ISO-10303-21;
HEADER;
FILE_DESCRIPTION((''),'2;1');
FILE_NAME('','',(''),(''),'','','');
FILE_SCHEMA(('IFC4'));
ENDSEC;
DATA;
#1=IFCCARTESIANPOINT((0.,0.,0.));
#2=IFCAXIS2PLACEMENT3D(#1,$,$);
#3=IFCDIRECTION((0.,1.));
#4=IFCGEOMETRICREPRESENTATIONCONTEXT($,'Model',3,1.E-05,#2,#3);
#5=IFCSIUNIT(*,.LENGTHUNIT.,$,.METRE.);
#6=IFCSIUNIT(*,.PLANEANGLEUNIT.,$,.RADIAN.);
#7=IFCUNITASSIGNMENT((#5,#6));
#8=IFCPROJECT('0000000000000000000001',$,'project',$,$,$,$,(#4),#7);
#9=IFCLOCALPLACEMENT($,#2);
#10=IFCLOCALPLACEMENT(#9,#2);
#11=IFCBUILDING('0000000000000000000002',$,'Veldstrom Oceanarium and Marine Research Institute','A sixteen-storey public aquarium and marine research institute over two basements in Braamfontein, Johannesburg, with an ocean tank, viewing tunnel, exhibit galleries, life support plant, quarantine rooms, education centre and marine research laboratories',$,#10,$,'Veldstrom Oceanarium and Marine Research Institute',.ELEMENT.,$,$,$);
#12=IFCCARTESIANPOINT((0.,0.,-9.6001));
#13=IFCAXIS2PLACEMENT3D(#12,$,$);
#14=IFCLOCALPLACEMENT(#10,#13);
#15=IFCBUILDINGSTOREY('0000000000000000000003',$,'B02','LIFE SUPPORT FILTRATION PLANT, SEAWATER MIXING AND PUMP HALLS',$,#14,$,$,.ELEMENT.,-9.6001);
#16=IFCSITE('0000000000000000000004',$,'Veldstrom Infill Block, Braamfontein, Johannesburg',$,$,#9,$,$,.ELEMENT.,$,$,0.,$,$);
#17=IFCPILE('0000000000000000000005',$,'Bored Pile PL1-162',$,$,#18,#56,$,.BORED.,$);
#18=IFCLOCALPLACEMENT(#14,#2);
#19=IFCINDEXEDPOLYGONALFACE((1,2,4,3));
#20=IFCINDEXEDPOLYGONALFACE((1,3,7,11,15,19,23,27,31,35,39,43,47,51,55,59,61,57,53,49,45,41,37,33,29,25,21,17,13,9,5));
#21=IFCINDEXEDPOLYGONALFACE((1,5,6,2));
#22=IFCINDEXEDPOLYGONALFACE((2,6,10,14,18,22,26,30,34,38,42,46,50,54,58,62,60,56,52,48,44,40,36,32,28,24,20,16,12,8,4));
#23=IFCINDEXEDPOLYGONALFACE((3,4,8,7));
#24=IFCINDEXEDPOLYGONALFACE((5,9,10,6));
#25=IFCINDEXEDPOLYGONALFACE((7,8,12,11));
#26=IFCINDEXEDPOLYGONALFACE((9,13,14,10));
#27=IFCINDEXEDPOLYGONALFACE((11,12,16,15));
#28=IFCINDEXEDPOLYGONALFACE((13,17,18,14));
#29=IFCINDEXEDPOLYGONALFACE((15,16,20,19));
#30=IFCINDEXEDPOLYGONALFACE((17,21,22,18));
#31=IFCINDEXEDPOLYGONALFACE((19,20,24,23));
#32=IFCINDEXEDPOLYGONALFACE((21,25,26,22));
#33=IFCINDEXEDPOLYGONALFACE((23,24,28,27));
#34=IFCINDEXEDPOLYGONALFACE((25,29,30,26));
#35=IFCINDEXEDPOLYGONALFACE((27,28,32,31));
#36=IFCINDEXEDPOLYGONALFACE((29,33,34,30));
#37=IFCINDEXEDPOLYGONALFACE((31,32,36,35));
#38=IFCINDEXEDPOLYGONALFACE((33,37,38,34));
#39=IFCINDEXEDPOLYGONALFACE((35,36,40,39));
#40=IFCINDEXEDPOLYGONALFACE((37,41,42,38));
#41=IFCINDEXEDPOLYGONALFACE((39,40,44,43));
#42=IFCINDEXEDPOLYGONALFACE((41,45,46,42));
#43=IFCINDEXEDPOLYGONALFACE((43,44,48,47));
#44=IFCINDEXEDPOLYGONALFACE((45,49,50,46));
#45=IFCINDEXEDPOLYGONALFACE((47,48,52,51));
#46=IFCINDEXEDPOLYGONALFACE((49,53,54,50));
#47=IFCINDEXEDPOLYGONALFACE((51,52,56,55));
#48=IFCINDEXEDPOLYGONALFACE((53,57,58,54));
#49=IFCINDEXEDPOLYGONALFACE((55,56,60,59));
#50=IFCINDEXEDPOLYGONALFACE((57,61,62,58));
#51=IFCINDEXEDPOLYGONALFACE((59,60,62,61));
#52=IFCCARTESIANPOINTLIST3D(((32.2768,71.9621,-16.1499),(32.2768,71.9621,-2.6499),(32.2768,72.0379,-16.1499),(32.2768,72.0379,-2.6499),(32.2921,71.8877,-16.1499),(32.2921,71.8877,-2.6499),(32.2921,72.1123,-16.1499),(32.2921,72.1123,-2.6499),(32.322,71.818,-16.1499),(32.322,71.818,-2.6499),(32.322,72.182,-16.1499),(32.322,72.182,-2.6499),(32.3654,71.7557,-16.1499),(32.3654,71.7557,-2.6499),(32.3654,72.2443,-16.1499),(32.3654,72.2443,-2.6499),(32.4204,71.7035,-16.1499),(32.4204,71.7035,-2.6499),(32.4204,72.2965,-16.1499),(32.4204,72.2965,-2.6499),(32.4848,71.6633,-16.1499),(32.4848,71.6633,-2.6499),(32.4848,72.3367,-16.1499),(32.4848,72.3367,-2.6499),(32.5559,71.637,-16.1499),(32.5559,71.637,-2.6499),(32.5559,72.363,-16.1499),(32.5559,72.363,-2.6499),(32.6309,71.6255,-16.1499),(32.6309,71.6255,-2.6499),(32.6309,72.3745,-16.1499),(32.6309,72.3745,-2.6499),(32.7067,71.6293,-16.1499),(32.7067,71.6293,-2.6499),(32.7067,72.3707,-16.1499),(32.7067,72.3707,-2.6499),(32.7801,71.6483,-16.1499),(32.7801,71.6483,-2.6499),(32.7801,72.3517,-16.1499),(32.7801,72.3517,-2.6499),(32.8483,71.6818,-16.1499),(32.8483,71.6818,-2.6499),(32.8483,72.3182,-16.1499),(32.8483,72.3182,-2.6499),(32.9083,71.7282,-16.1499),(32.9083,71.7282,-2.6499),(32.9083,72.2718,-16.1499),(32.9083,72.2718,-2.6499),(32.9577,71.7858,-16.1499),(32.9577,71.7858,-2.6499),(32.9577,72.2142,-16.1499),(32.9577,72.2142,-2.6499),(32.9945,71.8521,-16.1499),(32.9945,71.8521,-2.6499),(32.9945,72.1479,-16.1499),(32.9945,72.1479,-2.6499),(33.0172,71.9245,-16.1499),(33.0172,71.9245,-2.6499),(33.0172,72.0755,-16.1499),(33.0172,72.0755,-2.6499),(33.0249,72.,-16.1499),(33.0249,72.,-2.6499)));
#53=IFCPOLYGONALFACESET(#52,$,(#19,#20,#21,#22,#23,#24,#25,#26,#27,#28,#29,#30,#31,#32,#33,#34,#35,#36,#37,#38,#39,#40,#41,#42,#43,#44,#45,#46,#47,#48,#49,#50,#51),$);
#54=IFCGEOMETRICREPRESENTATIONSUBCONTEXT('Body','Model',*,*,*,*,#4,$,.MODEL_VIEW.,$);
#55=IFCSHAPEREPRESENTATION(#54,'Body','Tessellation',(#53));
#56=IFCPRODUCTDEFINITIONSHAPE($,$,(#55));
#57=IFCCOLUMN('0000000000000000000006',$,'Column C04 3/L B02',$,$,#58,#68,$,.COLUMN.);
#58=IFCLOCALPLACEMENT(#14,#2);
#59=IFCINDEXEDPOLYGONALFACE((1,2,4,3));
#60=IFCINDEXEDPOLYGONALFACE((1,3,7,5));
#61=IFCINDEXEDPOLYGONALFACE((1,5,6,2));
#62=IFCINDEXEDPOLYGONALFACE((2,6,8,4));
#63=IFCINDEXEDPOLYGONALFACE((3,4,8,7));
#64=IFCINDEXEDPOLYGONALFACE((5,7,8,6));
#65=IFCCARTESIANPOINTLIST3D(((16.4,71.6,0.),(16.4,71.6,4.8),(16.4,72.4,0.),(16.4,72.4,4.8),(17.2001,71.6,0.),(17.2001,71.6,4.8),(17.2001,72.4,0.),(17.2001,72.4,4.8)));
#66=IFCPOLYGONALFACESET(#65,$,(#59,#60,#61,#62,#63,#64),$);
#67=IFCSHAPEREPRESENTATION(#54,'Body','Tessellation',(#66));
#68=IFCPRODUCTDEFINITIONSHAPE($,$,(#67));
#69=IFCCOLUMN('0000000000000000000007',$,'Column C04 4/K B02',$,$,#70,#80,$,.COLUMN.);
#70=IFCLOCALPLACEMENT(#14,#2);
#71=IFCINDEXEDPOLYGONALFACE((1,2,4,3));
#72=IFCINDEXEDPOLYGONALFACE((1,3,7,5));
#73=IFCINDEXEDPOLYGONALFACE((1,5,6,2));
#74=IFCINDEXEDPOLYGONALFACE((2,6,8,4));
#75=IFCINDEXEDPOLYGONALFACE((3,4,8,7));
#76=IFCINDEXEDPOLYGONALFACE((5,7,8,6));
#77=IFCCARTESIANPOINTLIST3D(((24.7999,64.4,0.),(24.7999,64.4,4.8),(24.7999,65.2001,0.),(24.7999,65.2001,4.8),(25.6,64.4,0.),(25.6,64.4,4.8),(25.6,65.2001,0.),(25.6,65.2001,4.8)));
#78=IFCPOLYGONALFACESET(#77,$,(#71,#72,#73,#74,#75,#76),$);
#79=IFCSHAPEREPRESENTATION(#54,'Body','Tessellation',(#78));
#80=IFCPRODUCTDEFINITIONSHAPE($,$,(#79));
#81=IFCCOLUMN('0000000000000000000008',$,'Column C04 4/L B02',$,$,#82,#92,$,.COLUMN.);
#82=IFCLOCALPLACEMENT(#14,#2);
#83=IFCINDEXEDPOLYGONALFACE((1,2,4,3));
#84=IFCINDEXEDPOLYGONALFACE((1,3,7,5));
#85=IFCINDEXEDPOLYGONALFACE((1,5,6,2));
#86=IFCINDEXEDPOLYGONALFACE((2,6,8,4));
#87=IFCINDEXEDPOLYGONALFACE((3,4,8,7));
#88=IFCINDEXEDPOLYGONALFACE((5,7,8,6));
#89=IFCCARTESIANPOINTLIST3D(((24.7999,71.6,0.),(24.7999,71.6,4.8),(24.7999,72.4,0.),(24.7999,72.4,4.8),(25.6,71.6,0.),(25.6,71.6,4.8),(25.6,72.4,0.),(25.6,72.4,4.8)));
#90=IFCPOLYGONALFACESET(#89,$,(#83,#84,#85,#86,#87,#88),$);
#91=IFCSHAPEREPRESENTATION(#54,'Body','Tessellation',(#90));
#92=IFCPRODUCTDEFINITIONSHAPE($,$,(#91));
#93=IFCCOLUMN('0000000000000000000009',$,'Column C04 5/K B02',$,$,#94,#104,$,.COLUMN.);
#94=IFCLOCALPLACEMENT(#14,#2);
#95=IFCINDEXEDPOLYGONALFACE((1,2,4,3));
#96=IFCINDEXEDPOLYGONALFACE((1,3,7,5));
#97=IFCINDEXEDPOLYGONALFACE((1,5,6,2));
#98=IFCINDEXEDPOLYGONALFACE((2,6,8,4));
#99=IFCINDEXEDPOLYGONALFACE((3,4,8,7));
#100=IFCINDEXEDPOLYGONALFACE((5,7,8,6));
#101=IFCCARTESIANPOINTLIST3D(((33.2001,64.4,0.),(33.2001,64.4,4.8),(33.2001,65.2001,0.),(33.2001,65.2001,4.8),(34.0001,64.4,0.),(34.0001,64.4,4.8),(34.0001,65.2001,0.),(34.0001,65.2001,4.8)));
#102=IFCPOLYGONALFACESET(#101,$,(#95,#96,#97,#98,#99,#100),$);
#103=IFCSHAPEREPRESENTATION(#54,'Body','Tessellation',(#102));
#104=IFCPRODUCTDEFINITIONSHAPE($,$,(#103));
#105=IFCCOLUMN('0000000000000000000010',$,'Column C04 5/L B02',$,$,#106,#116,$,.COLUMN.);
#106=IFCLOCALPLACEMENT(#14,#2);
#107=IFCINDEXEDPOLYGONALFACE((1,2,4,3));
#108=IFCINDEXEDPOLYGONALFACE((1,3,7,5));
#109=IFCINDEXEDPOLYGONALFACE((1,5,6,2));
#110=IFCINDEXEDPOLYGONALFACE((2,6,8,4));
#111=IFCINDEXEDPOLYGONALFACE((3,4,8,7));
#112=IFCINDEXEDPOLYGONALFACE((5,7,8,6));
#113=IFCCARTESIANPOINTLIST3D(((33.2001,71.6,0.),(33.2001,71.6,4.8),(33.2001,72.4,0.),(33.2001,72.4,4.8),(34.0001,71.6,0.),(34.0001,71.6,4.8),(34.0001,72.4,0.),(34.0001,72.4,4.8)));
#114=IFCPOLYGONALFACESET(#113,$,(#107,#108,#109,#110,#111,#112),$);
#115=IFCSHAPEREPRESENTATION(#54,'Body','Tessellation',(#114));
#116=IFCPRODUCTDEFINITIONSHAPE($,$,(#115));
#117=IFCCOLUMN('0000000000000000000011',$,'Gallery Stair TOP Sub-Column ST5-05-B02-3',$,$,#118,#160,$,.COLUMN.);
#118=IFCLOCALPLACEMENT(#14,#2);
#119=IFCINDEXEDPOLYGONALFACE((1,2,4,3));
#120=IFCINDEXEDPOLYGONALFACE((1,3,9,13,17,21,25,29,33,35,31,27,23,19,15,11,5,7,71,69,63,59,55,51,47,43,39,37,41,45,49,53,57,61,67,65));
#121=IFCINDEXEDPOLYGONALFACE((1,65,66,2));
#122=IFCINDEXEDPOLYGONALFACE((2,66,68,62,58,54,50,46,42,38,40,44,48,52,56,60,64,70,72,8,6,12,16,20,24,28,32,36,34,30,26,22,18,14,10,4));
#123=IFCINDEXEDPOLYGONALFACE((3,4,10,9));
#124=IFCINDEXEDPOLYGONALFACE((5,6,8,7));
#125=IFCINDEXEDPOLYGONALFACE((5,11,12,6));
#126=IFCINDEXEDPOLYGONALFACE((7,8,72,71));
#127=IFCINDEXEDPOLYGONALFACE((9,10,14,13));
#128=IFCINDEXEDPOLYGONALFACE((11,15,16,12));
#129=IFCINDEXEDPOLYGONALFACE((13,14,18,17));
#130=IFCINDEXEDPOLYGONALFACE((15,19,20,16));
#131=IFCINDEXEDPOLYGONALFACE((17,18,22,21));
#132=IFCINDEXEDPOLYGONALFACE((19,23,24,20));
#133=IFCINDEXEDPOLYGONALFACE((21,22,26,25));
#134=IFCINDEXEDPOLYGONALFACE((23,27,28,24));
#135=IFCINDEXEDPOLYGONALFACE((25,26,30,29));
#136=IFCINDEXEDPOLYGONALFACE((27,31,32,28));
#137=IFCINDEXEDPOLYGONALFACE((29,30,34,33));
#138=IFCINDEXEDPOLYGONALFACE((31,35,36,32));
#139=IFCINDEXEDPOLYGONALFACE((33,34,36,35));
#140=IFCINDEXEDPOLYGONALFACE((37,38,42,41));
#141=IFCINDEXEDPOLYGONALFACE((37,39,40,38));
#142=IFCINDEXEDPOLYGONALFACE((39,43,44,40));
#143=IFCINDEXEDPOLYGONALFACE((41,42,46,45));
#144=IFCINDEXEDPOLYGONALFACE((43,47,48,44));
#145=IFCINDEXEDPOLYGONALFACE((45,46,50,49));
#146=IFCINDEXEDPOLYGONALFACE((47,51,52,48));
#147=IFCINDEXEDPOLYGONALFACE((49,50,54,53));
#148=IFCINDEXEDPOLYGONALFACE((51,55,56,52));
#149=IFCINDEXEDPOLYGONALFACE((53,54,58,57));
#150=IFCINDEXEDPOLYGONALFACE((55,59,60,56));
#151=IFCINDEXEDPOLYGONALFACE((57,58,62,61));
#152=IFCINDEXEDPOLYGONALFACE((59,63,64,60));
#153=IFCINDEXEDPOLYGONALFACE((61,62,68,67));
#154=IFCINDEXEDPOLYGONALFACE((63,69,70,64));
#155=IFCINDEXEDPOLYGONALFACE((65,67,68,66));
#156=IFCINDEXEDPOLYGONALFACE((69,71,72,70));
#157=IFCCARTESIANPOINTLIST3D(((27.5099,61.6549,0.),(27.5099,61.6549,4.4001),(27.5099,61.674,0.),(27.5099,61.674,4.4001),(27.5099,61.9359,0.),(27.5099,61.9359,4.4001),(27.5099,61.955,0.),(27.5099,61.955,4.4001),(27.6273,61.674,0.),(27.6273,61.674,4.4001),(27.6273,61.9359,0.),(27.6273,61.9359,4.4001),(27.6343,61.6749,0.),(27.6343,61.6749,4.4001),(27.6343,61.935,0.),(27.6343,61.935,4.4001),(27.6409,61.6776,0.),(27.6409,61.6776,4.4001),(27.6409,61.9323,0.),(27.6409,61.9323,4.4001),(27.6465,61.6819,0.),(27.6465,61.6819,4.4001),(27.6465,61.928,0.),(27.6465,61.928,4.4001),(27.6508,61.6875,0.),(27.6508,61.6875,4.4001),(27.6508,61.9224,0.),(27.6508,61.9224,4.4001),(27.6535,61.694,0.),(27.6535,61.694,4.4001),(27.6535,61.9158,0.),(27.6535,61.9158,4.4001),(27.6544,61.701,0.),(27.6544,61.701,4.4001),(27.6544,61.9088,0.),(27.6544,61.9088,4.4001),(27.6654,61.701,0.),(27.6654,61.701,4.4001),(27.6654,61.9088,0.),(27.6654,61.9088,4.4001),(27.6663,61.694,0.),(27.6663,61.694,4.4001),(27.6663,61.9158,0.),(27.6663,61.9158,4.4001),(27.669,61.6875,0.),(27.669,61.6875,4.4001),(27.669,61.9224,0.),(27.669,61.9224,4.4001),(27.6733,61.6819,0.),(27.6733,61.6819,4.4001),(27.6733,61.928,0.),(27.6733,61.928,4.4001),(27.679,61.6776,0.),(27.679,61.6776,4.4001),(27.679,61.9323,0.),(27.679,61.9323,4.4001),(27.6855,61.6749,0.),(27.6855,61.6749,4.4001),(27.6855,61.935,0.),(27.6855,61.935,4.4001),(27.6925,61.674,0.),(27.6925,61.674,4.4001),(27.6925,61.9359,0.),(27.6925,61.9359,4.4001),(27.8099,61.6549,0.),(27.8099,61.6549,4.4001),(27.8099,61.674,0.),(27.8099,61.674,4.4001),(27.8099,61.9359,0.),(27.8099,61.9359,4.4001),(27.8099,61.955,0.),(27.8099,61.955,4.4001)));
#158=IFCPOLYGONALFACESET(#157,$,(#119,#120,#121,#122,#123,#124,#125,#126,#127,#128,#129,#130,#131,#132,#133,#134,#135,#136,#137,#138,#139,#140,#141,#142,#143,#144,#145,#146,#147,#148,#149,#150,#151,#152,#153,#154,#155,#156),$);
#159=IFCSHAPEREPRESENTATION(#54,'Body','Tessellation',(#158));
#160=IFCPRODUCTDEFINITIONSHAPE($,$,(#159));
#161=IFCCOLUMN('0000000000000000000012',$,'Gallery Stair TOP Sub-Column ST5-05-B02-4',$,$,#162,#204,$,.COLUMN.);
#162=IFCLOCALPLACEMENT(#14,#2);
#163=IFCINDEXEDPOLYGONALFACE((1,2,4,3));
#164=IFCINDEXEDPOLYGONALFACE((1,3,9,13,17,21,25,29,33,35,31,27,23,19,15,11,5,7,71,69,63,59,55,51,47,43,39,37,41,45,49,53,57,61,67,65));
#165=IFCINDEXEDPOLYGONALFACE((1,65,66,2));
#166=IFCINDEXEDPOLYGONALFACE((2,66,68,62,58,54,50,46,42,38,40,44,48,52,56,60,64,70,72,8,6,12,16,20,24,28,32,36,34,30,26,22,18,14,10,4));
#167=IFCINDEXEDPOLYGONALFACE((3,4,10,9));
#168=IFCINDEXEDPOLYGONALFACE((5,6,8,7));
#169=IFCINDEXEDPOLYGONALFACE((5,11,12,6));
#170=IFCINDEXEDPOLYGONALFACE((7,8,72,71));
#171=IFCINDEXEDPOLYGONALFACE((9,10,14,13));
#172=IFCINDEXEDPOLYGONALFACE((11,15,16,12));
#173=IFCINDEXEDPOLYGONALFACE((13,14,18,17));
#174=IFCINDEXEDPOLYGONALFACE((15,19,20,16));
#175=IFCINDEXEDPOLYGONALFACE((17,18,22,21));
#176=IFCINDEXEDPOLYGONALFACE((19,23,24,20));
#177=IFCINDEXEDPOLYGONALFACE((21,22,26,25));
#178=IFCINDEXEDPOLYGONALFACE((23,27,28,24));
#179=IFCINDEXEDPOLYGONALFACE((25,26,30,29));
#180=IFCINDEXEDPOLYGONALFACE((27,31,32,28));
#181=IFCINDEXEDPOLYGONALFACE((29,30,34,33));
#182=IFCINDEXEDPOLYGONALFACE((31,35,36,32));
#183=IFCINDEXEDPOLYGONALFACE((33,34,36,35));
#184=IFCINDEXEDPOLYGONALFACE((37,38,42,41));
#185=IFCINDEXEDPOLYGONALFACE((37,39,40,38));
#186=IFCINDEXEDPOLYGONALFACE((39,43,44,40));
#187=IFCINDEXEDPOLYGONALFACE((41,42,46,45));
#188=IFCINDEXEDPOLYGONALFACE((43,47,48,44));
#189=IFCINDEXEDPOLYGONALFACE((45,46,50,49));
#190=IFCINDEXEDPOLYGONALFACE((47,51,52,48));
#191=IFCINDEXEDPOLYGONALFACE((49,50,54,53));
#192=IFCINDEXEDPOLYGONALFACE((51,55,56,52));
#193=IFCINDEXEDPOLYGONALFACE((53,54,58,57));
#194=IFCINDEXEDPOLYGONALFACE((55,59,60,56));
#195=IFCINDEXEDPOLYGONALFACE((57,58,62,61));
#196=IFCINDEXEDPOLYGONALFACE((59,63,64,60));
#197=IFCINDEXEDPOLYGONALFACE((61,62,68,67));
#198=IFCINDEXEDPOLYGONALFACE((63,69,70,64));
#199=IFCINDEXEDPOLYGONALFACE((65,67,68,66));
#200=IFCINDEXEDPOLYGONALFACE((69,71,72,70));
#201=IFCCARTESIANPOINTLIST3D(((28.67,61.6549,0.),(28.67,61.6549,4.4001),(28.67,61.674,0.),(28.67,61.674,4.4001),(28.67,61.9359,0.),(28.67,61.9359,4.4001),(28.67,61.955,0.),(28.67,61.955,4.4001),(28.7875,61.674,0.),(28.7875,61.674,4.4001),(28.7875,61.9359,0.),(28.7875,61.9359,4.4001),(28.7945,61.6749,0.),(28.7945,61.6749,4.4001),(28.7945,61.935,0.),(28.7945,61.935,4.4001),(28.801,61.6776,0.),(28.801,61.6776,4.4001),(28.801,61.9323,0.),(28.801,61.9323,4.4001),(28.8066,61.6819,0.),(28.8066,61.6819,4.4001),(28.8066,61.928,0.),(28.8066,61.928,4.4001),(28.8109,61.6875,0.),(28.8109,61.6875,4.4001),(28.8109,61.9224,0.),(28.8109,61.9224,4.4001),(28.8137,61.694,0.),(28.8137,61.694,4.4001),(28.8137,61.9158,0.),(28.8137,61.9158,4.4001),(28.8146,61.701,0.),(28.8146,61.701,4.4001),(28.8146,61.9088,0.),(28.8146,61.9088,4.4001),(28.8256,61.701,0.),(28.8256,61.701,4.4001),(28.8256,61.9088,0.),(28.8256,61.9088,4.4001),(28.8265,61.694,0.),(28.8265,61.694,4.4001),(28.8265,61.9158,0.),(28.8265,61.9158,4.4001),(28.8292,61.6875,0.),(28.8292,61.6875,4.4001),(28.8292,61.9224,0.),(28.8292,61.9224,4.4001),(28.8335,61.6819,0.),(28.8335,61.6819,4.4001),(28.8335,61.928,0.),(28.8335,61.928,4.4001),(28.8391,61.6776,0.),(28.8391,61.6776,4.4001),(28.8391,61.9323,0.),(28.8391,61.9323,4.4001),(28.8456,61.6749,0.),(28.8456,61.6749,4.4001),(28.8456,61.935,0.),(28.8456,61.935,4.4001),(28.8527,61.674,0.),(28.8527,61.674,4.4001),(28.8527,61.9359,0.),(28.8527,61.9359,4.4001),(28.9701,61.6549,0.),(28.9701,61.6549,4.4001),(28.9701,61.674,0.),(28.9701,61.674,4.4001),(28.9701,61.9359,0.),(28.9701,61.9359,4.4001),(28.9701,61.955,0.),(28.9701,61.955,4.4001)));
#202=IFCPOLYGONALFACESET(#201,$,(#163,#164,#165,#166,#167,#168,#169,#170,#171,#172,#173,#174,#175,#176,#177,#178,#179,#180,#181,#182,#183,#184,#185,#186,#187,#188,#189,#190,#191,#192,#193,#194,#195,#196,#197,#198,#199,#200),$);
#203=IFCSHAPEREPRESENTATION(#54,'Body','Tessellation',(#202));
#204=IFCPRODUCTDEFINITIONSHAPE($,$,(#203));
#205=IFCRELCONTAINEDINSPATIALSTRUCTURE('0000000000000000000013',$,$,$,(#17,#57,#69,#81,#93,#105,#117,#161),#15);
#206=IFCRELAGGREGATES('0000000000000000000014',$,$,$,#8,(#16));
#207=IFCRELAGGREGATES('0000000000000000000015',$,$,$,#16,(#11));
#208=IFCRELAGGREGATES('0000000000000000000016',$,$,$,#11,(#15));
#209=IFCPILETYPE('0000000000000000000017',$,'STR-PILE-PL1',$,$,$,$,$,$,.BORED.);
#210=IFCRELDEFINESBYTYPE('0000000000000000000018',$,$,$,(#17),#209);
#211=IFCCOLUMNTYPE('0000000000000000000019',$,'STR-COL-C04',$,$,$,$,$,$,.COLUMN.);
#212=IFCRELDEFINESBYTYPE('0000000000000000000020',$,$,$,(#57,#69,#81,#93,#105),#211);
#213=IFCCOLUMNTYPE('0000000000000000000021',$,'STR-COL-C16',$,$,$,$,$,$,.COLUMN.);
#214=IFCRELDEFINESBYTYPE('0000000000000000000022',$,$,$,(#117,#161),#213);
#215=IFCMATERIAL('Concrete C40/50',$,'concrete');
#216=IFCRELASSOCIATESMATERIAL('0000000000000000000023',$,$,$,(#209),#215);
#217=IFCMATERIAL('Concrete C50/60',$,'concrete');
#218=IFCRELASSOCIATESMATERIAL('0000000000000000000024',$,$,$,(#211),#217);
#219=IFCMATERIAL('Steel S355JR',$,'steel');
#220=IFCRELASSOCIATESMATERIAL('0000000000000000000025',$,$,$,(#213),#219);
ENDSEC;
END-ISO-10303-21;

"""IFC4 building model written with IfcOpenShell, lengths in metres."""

from ifc_helpers import new_model, si_unit, direction, frame, origin, origin_2d, place, context, subcontext, project, spatial, rectangle, circle, i_section, extrude, material, material_profile, profile_set, type_object, element, save


model = new_model("IFC4")

# Units and contexts
model_context = context("Model", 3, precision=1e-05, world=origin(), true_north=direction((0.0, 1.0)))
body_context = subcontext(model_context, "Body", "Model", "MODEL_VIEW")
ifc_project = project(units=[si_unit("LENGTHUNIT", "METRE"), si_unit("PLANEANGLEUNIT", "RADIAN")], contexts=[model_context])

# Site, building, storey
site_placement = place(None, origin())
site = spatial("IfcSite", under=ifc_project, at=site_placement, Name="Veldstrom Infill Block, Braamfontein, Johannesburg", CompositionType="ELEMENT", RefElevation=0.0)
building_placement = place(site_placement, origin())
building = spatial("IfcBuilding", under=site, at=building_placement, Name="Veldstrom Oceanarium and Marine Research Institute", Description="A sixteen-storey public aquarium and marine research institute over two basements in Braamfontein, Johannesburg, with an ocean tank, viewing tunnel, exhibit galleries, life support plant, quarantine rooms, education centre and marine research laboratories", LongName="Veldstrom Oceanarium and Marine Research Institute", CompositionType="ELEMENT")
storey_placement = place(building_placement, frame((0.0, 0.0, -9.6001)))
storey = spatial("IfcBuildingStorey", under=building, at=storey_placement, Name="B02", Description="LIFE SUPPORT FILTRATION PLANT, SEAWATER MIXING AND PUMP HALLS", CompositionType="ELEMENT", Elevation=-9.6001)

# Pile
ifc_material_1 = material(Name="Concrete C40/50", Category="concrete")
ifc_material_profile_1 = material_profile(ifc_material_1, circle(Radius=0.375, at=origin_2d()), Name="PILE-D750")
ifc_profile_set_1 = profile_set([ifc_material_profile_1], Name="Concrete C40/50")
pile_type = type_object("IfcPileType", Name="STR-PILE-PL1", PredefinedType="BORED", material=ifc_profile_set_1)
for number, where, z_axis, x_axis, name in (
    (1, (32.6499, 72.0, -2.6499), (0.0, 0.0, -1.0), (1.0, 0.0, 0.0), "Bored Pile PL1-162"),
):
    element("IfcPile", number, at=place(storey_placement, frame(where, z_axis=z_axis, x_axis=x_axis)), inside=storey, type_object=pile_type, Name=name, PredefinedType="BORED", context=body_context, shape_type="SweptSolid", body=[
        extrude(circle(Radius=0.375, at=origin_2d()), origin(), (0.0, 0.0, 1.0), 13.5),
    ])

# Columns
ifc_material_2 = material(Name="Concrete C50/60", Category="concrete")
ifc_material_profile_2 = material_profile(ifc_material_2, rectangle(XDim=0.8, YDim=0.8, at=origin_2d()), Name="RC-COL-800x800")
ifc_profile_set_2 = profile_set([ifc_material_profile_2], Name="Concrete C50/60")
column_type_1 = type_object("IfcColumnType", Name="STR-COL-C04", PredefinedType="COLUMN", material=ifc_profile_set_2)
for number, where, z_axis, x_axis, name in (
    (2, (16.8, 72.0, 0.0), (0.0, 0.0, 1.0), (1.0, 0.0, 0.0), "Column C04 3/L B02"),
    (3, (25.2, 64.8, 0.0), (0.0, 0.0, 1.0), (1.0, 0.0, 0.0), "Column C04 4/K B02"),
    (4, (25.2, 72.0, 0.0), (0.0, 0.0, 1.0), (1.0, 0.0, 0.0), "Column C04 4/L B02"),
    (5, (33.6001, 64.8, 0.0), (0.0, 0.0, 1.0), (1.0, 0.0, 0.0), "Column C04 5/K B02"),
    (6, (33.6001, 72.0, 0.0), (0.0, 0.0, 1.0), (1.0, 0.0, 0.0), "Column C04 5/L B02"),
):
    element("IfcColumn", number, at=place(storey_placement, frame(where, z_axis=z_axis, x_axis=x_axis)), inside=storey, type_object=column_type_1, Name=name, PredefinedType="COLUMN", context=body_context, shape_type="SweptSolid", body=[
        extrude(rectangle(XDim=0.8, YDim=0.8, at=origin_2d()), origin(), (0.0, 0.0, 1.0), 4.8),
    ])
ifc_material_3 = material(Name="Steel S355JR", Category="steel")
ifc_material_profile_3 = material_profile(ifc_material_3, i_section(OverallWidth=0.3, OverallDepth=0.3, WebThickness=0.011, FlangeThickness=0.019, FilletRadius=0.0271, at=origin_2d()), Name="HEB 300")
ifc_profile_set_3 = profile_set([ifc_material_profile_3], Name="Steel S355JR")
column_type_2 = type_object("IfcColumnType", Name="STR-COL-C16", PredefinedType="COLUMN", material=ifc_profile_set_3)
for number, where, z_axis, x_axis, name in (
    (7, (27.6599, 61.8049, 0.0), (0.0, 0.0, 1.0), (1.0, 0.0, 0.0), "Gallery Stair TOP Sub-Column ST5-05-B02-3"),
    (8, (28.8201, 61.8049, 0.0), (0.0, 0.0, 1.0), (1.0, 0.0, 0.0), "Gallery Stair TOP Sub-Column ST5-05-B02-4"),
):
    element("IfcColumn", number, at=place(storey_placement, frame(where, z_axis=z_axis, x_axis=x_axis)), inside=storey, type_object=column_type_2, Name=name, PredefinedType="COLUMN", context=body_context, shape_type="SweptSolid", body=[
        extrude(i_section(OverallWidth=0.3, OverallDepth=0.3, WebThickness=0.011, FlangeThickness=0.019, FilletRadius=0.0271, at=origin_2d()), origin(), (0.0, 0.0, 1.0), 4.4001),
    ])

save(model, "model.ifc")
